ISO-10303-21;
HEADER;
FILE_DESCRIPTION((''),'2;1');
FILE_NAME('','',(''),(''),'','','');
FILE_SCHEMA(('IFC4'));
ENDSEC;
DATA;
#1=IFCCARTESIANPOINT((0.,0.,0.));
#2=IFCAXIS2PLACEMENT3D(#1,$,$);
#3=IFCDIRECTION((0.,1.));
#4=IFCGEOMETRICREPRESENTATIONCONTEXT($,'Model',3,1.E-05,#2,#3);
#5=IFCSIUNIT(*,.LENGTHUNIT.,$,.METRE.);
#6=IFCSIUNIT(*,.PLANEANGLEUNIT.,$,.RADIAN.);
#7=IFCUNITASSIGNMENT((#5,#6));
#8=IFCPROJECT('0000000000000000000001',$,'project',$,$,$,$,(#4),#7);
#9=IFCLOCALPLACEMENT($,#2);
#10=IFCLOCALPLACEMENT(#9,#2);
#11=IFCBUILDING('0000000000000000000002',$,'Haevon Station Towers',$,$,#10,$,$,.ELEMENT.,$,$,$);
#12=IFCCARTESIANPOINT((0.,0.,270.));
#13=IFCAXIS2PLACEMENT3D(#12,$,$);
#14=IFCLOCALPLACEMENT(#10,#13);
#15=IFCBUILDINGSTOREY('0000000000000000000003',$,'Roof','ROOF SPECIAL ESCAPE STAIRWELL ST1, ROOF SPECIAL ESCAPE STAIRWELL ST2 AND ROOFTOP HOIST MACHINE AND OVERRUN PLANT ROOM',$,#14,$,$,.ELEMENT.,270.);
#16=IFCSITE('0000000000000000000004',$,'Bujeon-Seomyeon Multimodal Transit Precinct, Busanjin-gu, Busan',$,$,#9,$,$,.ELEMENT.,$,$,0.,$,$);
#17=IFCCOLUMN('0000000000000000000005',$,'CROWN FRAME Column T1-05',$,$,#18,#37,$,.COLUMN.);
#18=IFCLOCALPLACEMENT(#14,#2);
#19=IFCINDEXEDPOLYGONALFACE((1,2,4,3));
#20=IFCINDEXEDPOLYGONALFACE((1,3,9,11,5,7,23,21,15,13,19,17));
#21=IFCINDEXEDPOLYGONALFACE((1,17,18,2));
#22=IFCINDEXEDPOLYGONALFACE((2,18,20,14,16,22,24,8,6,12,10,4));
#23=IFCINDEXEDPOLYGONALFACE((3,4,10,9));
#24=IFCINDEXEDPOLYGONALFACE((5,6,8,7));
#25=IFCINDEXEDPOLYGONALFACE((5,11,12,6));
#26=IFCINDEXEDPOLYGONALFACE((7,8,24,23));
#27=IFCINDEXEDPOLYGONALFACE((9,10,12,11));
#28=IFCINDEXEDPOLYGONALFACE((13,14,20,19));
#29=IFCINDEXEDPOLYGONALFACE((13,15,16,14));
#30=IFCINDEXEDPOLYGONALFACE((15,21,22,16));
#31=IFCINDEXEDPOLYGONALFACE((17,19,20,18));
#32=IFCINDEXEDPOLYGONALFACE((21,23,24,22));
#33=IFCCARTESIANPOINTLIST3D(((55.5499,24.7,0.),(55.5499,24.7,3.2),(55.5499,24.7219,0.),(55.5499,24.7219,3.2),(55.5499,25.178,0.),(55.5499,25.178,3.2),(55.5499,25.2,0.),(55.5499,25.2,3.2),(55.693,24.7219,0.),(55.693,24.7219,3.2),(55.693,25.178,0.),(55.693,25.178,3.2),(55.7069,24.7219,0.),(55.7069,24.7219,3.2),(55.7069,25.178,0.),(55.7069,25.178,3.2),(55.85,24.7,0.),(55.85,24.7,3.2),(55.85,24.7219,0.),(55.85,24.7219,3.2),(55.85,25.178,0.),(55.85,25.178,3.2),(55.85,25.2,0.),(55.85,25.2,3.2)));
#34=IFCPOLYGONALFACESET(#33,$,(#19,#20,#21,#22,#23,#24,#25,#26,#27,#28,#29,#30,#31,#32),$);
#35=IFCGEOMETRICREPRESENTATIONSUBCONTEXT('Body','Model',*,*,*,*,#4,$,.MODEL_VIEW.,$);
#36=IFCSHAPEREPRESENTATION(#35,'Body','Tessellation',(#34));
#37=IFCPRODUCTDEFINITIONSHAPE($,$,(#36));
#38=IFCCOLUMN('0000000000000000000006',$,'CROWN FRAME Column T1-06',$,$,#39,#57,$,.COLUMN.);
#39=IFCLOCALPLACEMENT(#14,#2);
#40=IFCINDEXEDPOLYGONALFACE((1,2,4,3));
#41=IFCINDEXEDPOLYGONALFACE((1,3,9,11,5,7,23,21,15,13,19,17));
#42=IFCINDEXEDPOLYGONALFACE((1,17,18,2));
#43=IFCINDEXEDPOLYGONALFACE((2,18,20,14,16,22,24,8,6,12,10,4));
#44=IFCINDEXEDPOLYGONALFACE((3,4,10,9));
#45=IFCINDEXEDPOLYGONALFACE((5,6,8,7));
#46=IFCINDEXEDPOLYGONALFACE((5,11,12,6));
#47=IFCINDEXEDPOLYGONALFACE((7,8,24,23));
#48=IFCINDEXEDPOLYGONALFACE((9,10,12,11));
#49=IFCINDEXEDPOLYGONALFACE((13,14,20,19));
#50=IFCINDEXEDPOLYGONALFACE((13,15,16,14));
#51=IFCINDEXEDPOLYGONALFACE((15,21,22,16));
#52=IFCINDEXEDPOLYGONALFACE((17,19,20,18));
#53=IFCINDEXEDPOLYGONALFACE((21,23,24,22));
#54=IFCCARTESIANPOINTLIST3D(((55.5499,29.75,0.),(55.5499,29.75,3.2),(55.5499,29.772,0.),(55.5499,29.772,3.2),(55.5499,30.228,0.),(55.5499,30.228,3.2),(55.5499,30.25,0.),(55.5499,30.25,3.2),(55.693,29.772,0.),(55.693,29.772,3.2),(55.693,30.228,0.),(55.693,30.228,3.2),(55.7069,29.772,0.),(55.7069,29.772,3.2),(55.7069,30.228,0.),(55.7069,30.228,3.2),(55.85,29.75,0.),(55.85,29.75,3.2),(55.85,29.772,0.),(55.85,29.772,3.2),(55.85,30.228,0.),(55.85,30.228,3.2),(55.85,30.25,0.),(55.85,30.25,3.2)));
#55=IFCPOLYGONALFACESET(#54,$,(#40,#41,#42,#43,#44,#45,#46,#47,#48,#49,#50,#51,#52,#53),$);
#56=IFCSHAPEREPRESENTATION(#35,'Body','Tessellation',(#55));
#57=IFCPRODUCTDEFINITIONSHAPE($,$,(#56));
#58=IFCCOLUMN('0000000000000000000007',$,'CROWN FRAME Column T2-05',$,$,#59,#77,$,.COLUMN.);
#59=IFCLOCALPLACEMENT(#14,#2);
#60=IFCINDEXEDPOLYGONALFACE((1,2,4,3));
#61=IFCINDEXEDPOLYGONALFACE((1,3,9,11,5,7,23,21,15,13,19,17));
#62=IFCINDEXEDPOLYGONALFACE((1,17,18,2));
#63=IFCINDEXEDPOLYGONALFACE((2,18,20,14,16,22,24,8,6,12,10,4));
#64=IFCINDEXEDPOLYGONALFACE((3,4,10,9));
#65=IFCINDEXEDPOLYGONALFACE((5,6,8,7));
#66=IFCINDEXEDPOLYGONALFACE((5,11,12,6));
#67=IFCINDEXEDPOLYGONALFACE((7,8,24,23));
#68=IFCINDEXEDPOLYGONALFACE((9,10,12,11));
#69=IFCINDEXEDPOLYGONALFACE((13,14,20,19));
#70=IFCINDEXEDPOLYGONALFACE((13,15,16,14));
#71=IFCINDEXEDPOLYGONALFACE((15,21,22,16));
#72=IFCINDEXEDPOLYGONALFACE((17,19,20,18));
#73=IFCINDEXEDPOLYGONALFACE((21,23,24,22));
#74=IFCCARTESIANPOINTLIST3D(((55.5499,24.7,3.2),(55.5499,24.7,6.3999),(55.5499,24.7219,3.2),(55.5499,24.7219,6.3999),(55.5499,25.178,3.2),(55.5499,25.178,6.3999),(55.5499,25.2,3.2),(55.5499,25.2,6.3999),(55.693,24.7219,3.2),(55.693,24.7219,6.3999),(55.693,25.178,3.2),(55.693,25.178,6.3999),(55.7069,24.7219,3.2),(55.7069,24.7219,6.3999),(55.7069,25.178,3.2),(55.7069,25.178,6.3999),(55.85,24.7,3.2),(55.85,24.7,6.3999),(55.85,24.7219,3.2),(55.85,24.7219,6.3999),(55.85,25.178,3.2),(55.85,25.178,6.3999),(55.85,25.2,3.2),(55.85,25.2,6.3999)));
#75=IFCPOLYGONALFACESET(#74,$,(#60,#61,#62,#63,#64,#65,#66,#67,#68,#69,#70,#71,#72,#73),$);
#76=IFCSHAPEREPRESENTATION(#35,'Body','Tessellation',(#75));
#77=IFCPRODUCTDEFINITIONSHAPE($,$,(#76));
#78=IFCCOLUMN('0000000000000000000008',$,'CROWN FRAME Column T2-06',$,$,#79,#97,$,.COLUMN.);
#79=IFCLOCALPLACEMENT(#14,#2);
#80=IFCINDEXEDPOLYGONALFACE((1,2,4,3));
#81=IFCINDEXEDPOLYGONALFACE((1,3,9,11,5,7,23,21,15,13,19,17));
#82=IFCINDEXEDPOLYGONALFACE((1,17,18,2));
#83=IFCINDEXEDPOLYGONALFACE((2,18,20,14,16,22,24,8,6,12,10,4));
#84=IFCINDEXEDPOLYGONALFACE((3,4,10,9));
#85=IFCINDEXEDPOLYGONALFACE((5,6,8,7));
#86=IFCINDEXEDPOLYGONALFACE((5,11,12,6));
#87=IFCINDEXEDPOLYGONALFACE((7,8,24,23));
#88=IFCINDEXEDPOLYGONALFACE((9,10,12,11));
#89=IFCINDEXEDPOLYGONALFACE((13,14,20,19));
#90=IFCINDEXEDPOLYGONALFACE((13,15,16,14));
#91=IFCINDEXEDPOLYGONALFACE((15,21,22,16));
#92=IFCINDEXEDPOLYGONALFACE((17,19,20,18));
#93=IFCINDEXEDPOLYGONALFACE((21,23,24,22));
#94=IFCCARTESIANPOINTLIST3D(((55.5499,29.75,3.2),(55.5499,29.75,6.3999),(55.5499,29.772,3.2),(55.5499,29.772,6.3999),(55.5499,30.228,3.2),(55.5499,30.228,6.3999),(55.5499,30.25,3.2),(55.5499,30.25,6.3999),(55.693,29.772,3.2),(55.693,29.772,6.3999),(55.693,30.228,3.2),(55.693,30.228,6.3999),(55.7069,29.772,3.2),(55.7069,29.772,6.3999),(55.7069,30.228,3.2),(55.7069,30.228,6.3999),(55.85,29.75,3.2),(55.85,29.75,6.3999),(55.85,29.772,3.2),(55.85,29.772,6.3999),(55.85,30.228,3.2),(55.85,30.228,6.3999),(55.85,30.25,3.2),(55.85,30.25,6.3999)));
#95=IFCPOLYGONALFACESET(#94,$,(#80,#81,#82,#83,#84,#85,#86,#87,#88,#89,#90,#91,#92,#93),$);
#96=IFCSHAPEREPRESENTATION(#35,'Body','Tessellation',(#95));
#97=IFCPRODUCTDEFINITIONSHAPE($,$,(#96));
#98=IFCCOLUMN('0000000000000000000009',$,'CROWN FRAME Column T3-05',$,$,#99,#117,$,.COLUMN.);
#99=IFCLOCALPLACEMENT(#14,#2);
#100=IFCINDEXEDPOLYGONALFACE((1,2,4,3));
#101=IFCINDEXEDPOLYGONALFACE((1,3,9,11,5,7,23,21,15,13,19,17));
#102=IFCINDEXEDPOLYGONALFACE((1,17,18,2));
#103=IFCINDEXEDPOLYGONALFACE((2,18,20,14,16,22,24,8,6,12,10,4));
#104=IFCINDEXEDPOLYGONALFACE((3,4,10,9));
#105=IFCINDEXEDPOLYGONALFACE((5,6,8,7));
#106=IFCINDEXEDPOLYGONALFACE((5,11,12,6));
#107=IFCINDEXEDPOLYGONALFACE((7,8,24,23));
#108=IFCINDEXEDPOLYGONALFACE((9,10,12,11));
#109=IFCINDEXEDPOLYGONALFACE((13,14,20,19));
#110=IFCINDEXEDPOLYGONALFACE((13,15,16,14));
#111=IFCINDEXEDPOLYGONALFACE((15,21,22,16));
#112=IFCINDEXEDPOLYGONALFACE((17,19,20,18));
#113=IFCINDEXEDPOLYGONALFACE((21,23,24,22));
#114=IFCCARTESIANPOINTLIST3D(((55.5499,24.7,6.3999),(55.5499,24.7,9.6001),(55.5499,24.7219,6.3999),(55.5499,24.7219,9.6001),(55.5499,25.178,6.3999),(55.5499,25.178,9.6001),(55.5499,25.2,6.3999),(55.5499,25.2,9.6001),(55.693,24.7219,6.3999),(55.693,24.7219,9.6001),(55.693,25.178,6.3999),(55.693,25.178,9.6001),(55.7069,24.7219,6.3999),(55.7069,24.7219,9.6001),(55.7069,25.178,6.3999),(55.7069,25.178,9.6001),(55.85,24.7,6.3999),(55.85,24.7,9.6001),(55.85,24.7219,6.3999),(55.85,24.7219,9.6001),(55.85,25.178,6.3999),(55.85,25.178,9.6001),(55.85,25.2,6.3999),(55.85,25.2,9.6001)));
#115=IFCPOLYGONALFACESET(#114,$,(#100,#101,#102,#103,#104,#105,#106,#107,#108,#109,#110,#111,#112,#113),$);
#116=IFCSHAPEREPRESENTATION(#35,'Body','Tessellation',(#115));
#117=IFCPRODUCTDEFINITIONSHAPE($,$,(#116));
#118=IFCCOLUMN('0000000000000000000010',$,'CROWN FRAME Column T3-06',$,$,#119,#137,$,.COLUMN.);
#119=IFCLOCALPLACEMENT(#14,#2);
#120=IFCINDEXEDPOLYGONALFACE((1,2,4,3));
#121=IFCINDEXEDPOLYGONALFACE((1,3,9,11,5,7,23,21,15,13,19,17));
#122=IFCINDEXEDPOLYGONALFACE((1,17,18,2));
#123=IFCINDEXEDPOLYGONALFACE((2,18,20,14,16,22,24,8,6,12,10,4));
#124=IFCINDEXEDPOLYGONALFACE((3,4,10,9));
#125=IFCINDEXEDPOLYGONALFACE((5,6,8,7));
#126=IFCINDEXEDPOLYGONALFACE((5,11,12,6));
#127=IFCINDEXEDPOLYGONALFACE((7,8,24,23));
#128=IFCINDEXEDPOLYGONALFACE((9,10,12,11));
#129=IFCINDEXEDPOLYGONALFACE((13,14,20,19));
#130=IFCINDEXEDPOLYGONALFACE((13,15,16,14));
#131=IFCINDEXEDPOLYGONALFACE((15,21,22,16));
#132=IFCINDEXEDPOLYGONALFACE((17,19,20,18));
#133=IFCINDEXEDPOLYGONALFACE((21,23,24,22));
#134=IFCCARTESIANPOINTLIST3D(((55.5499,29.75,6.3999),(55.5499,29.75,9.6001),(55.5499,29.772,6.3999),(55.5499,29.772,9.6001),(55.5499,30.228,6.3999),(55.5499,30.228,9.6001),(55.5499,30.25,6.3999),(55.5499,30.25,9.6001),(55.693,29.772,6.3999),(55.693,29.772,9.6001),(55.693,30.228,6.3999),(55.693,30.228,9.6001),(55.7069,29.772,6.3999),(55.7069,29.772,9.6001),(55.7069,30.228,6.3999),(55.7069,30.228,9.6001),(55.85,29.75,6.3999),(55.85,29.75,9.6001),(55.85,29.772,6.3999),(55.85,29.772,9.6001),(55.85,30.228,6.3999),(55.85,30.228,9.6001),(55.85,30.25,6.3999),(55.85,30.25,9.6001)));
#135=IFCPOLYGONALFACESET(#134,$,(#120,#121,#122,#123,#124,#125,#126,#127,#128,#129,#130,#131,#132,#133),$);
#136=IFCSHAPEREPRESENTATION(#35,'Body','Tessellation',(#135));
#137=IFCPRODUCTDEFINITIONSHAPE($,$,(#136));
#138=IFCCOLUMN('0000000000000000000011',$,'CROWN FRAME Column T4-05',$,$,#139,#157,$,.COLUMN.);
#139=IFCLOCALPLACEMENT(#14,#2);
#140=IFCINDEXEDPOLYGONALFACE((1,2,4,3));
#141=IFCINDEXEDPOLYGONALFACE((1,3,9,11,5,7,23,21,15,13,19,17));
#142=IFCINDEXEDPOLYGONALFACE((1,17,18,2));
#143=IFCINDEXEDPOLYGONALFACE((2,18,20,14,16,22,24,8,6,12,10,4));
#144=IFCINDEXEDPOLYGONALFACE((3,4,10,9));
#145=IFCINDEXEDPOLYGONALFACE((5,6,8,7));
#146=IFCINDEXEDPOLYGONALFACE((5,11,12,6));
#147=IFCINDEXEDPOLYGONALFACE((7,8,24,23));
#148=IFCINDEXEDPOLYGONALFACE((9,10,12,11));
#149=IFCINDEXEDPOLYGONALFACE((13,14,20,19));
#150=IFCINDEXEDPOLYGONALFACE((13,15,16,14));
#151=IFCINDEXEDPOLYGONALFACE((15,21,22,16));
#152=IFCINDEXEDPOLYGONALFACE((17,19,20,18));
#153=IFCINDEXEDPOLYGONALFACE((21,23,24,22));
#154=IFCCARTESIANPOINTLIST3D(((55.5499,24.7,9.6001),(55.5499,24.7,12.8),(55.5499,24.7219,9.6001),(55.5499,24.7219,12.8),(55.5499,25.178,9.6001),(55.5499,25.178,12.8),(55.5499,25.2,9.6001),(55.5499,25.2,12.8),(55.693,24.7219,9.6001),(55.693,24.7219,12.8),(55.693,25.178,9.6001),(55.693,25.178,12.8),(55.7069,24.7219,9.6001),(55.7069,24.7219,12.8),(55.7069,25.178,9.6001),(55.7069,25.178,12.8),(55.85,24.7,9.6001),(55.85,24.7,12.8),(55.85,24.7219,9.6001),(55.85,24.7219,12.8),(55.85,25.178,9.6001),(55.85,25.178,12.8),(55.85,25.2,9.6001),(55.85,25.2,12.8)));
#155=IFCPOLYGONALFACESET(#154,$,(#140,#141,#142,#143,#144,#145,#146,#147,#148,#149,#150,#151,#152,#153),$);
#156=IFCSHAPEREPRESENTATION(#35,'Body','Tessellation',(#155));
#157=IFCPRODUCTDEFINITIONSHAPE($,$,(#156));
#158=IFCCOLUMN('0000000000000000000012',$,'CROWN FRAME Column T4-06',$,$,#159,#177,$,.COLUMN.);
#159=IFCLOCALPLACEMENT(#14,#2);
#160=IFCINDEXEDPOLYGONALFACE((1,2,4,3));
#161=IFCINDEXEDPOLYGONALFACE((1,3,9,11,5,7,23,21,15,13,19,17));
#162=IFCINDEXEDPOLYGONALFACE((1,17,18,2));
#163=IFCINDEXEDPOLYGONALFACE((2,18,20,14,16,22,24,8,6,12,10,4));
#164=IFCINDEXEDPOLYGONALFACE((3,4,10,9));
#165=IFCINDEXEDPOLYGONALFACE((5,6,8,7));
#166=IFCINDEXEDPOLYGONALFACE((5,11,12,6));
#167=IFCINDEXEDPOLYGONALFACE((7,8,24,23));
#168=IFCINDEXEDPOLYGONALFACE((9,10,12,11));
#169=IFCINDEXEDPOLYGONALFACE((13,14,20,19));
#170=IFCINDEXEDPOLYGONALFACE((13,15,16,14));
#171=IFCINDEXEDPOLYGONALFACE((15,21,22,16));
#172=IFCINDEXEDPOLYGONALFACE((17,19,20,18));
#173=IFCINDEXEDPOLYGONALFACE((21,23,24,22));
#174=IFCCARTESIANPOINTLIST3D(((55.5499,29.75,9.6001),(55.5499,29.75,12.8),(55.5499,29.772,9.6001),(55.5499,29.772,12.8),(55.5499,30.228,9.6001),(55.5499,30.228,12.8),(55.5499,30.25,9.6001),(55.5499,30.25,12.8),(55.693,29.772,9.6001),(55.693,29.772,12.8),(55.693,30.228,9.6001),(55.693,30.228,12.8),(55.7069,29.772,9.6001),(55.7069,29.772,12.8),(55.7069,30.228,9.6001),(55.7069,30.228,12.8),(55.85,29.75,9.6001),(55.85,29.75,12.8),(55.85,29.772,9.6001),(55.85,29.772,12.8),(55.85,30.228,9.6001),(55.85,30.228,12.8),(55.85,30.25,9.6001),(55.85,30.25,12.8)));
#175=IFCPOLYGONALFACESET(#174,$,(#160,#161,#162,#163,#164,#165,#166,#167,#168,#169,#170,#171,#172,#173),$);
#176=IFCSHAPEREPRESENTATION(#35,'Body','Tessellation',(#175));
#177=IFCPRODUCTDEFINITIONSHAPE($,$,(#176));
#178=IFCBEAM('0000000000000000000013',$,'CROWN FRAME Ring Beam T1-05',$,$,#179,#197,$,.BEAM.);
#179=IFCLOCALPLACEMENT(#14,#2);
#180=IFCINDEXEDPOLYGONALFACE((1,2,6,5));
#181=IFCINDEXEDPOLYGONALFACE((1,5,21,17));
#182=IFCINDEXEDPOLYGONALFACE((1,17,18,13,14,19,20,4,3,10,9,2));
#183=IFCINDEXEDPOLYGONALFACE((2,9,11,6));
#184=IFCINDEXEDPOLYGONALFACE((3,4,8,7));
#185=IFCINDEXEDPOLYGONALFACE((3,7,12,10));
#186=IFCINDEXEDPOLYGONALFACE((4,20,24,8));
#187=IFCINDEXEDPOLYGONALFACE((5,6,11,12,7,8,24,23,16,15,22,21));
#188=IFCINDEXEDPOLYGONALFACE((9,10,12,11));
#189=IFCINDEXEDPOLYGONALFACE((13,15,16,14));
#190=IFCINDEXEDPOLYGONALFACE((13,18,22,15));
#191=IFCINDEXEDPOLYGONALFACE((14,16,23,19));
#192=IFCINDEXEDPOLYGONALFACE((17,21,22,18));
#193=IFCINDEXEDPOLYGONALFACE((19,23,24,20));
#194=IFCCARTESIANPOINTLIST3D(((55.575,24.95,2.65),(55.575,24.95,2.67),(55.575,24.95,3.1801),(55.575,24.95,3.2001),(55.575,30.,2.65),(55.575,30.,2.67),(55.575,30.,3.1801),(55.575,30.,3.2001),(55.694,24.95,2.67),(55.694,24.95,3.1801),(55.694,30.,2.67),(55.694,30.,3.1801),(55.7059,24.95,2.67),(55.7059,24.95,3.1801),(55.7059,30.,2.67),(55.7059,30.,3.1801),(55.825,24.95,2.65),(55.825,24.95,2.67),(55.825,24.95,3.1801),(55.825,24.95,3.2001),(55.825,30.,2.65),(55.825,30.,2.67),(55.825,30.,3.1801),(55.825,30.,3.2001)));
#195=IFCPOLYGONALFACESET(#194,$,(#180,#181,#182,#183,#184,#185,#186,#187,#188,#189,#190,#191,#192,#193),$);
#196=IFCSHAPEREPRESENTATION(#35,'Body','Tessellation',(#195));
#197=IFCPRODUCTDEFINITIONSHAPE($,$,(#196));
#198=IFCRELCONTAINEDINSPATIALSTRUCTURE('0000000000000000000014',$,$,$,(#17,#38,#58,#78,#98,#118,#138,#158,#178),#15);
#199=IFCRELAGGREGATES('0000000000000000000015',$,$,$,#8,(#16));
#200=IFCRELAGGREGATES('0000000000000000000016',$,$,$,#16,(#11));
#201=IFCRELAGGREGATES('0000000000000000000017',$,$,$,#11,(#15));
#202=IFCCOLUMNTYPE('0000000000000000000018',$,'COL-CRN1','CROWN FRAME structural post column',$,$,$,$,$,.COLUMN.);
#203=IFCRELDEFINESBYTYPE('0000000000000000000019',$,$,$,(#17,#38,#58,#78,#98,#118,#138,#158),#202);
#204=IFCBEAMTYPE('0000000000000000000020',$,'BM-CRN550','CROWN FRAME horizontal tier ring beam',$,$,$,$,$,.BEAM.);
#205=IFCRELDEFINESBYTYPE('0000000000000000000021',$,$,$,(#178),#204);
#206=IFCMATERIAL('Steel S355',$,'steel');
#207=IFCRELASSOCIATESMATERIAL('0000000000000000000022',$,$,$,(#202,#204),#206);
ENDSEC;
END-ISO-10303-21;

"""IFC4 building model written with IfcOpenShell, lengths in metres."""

from ifc_helpers import new_model, si_unit, direction, frame, origin, origin_2d, place, context, subcontext, project, spatial, i_section, extrude, material, material_profile, profile_set, type_object, element, save


model = new_model("IFC4")

# Units and contexts
model_context = context("Model", 3, precision=1e-05, world=origin(), true_north=direction((0.0, 1.0)))
body_context = subcontext(model_context, "Body", "Model", "MODEL_VIEW")
ifc_project = project(units=[si_unit("LENGTHUNIT", "METRE"), si_unit("PLANEANGLEUNIT", "RADIAN")], contexts=[model_context])

# Site, building, storey
site_placement = place(None, origin())
site = spatial("IfcSite", under=ifc_project, at=site_placement, Name="Bujeon-Seomyeon Multimodal Transit Precinct, Busanjin-gu, Busan", CompositionType="ELEMENT", RefElevation=0.0)
building_placement = place(site_placement, origin())
building = spatial("IfcBuilding", under=site, at=building_placement, Name="Haevon Station Towers", CompositionType="ELEMENT")
storey_placement = place(building_placement, frame((0.0, 0.0, 270.0)))
storey = spatial("IfcBuildingStorey", under=building, at=storey_placement, Name="Roof", Description="ROOF SPECIAL ESCAPE STAIRWELL ST1, ROOF SPECIAL ESCAPE STAIRWELL ST2 AND ROOFTOP HOIST MACHINE AND OVERRUN PLANT ROOM", CompositionType="ELEMENT", Elevation=270.0)

# Columns
ifc_material_1 = material(Name="Steel S355", Category="steel")
ifc_material_profile_1 = material_profile(ifc_material_1, i_section(OverallWidth=0.3, OverallDepth=0.5, WebThickness=0.0139, FlangeThickness=0.022, at=origin_2d()), Name="H-500x300x14x22")
ifc_profile_set_1 = profile_set([ifc_material_profile_1], Name="Steel S355")
column_type = type_object("IfcColumnType", Name="COL-CRN1", Description="CROWN FRAME structural post column", PredefinedType="COLUMN", material=ifc_profile_set_1)
for number, where, z_axis, x_axis, name in (
    (1, (55.7, 24.95, 0.0), (0.0, 0.0, 1.0), (1.0, 0.0, 0.0), "CROWN FRAME Column T1-05"),
    (2, (55.7, 30.0, 0.0), (0.0, 0.0, 1.0), (1.0, 0.0, 0.0), "CROWN FRAME Column T1-06"),
    (3, (55.7, 24.95, 3.2), (0.0, 0.0, 1.0), (1.0, 0.0, 0.0), "CROWN FRAME Column T2-05"),
    (4, (55.7, 30.0, 3.2), (0.0, 0.0, 1.0), (1.0, 0.0, 0.0), "CROWN FRAME Column T2-06"),
):
    element("IfcColumn", number, at=place(storey_placement, frame(where, z_axis=z_axis, x_axis=x_axis)), inside=storey, type_object=column_type, Name=name, PredefinedType="COLUMN", context=body_context, shape_type="SweptSolid", body=[
        extrude(i_section(OverallWidth=0.3, OverallDepth=0.5, WebThickness=0.0139, FlangeThickness=0.022, at=origin_2d()), origin(), (0.0, 0.0, 1.0), 3.2),
    ])
for number, where, z_axis, x_axis, name in (
    (5, (55.7, 24.95, 6.3999), (0.0, 0.0, 1.0), (1.0, 0.0, 0.0), "CROWN FRAME Column T3-05"),
    (6, (55.7, 30.0, 6.3999), (0.0, 0.0, 1.0), (1.0, 0.0, 0.0), "CROWN FRAME Column T3-06"),
):
    element("IfcColumn", number, at=place(storey_placement, frame(where, z_axis=z_axis, x_axis=x_axis)), inside=storey, type_object=column_type, Name=name, PredefinedType="COLUMN", context=body_context, shape_type="SweptSolid", body=[
        extrude(i_section(OverallWidth=0.3, OverallDepth=0.5, WebThickness=0.0139, FlangeThickness=0.022, at=origin_2d()), origin(), (0.0, 0.0, 1.0), 3.2002),
    ])
for number, where, z_axis, x_axis, name in (
    (7, (55.7, 24.95, 9.6001), (0.0, 0.0, 1.0), (1.0, 0.0, 0.0), "CROWN FRAME Column T4-05"),
    (8, (55.7, 30.0, 9.6001), (0.0, 0.0, 1.0), (1.0, 0.0, 0.0), "CROWN FRAME Column T4-06"),
):
    element("IfcColumn", number, at=place(storey_placement, frame(where, z_axis=z_axis, x_axis=x_axis)), inside=storey, type_object=column_type, Name=name, PredefinedType="COLUMN", context=body_context, shape_type="SweptSolid", body=[
        extrude(i_section(OverallWidth=0.3, OverallDepth=0.5, WebThickness=0.0139, FlangeThickness=0.022, at=origin_2d()), origin(), (0.0, 0.0, 1.0), 3.2),
    ])

# Beam
ifc_material_profile_2 = material_profile(ifc_material_1, i_section(OverallWidth=0.25, OverallDepth=0.55, WebThickness=0.012, FlangeThickness=0.02, at=origin_2d()), Name="H-550x250x12x20")
ifc_profile_set_2 = profile_set([ifc_material_profile_2], Name="Steel S355")
beam_type = type_object("IfcBeamType", Name="BM-CRN550", Description="CROWN FRAME horizontal tier ring beam", PredefinedType="BEAM", material=ifc_profile_set_2)
beam_1_placement = place(storey_placement, frame((55.7, 24.95, 2.925), z_axis=(0.0, 1.0, 0.0), x_axis=(-1.0, 0.0, 0.0)))
element("IfcBeam", 9, at=beam_1_placement, inside=storey, type_object=beam_type, Name="CROWN FRAME Ring Beam T1-05", PredefinedType="BEAM", context=body_context, shape_type="SweptSolid", body=[
    extrude(i_section(OverallWidth=0.25, OverallDepth=0.55, WebThickness=0.012, FlangeThickness=0.02, at=origin_2d()), origin(), (0.0, 0.0, 1.0), 5.05),
])

save(model, "model.ifc")
